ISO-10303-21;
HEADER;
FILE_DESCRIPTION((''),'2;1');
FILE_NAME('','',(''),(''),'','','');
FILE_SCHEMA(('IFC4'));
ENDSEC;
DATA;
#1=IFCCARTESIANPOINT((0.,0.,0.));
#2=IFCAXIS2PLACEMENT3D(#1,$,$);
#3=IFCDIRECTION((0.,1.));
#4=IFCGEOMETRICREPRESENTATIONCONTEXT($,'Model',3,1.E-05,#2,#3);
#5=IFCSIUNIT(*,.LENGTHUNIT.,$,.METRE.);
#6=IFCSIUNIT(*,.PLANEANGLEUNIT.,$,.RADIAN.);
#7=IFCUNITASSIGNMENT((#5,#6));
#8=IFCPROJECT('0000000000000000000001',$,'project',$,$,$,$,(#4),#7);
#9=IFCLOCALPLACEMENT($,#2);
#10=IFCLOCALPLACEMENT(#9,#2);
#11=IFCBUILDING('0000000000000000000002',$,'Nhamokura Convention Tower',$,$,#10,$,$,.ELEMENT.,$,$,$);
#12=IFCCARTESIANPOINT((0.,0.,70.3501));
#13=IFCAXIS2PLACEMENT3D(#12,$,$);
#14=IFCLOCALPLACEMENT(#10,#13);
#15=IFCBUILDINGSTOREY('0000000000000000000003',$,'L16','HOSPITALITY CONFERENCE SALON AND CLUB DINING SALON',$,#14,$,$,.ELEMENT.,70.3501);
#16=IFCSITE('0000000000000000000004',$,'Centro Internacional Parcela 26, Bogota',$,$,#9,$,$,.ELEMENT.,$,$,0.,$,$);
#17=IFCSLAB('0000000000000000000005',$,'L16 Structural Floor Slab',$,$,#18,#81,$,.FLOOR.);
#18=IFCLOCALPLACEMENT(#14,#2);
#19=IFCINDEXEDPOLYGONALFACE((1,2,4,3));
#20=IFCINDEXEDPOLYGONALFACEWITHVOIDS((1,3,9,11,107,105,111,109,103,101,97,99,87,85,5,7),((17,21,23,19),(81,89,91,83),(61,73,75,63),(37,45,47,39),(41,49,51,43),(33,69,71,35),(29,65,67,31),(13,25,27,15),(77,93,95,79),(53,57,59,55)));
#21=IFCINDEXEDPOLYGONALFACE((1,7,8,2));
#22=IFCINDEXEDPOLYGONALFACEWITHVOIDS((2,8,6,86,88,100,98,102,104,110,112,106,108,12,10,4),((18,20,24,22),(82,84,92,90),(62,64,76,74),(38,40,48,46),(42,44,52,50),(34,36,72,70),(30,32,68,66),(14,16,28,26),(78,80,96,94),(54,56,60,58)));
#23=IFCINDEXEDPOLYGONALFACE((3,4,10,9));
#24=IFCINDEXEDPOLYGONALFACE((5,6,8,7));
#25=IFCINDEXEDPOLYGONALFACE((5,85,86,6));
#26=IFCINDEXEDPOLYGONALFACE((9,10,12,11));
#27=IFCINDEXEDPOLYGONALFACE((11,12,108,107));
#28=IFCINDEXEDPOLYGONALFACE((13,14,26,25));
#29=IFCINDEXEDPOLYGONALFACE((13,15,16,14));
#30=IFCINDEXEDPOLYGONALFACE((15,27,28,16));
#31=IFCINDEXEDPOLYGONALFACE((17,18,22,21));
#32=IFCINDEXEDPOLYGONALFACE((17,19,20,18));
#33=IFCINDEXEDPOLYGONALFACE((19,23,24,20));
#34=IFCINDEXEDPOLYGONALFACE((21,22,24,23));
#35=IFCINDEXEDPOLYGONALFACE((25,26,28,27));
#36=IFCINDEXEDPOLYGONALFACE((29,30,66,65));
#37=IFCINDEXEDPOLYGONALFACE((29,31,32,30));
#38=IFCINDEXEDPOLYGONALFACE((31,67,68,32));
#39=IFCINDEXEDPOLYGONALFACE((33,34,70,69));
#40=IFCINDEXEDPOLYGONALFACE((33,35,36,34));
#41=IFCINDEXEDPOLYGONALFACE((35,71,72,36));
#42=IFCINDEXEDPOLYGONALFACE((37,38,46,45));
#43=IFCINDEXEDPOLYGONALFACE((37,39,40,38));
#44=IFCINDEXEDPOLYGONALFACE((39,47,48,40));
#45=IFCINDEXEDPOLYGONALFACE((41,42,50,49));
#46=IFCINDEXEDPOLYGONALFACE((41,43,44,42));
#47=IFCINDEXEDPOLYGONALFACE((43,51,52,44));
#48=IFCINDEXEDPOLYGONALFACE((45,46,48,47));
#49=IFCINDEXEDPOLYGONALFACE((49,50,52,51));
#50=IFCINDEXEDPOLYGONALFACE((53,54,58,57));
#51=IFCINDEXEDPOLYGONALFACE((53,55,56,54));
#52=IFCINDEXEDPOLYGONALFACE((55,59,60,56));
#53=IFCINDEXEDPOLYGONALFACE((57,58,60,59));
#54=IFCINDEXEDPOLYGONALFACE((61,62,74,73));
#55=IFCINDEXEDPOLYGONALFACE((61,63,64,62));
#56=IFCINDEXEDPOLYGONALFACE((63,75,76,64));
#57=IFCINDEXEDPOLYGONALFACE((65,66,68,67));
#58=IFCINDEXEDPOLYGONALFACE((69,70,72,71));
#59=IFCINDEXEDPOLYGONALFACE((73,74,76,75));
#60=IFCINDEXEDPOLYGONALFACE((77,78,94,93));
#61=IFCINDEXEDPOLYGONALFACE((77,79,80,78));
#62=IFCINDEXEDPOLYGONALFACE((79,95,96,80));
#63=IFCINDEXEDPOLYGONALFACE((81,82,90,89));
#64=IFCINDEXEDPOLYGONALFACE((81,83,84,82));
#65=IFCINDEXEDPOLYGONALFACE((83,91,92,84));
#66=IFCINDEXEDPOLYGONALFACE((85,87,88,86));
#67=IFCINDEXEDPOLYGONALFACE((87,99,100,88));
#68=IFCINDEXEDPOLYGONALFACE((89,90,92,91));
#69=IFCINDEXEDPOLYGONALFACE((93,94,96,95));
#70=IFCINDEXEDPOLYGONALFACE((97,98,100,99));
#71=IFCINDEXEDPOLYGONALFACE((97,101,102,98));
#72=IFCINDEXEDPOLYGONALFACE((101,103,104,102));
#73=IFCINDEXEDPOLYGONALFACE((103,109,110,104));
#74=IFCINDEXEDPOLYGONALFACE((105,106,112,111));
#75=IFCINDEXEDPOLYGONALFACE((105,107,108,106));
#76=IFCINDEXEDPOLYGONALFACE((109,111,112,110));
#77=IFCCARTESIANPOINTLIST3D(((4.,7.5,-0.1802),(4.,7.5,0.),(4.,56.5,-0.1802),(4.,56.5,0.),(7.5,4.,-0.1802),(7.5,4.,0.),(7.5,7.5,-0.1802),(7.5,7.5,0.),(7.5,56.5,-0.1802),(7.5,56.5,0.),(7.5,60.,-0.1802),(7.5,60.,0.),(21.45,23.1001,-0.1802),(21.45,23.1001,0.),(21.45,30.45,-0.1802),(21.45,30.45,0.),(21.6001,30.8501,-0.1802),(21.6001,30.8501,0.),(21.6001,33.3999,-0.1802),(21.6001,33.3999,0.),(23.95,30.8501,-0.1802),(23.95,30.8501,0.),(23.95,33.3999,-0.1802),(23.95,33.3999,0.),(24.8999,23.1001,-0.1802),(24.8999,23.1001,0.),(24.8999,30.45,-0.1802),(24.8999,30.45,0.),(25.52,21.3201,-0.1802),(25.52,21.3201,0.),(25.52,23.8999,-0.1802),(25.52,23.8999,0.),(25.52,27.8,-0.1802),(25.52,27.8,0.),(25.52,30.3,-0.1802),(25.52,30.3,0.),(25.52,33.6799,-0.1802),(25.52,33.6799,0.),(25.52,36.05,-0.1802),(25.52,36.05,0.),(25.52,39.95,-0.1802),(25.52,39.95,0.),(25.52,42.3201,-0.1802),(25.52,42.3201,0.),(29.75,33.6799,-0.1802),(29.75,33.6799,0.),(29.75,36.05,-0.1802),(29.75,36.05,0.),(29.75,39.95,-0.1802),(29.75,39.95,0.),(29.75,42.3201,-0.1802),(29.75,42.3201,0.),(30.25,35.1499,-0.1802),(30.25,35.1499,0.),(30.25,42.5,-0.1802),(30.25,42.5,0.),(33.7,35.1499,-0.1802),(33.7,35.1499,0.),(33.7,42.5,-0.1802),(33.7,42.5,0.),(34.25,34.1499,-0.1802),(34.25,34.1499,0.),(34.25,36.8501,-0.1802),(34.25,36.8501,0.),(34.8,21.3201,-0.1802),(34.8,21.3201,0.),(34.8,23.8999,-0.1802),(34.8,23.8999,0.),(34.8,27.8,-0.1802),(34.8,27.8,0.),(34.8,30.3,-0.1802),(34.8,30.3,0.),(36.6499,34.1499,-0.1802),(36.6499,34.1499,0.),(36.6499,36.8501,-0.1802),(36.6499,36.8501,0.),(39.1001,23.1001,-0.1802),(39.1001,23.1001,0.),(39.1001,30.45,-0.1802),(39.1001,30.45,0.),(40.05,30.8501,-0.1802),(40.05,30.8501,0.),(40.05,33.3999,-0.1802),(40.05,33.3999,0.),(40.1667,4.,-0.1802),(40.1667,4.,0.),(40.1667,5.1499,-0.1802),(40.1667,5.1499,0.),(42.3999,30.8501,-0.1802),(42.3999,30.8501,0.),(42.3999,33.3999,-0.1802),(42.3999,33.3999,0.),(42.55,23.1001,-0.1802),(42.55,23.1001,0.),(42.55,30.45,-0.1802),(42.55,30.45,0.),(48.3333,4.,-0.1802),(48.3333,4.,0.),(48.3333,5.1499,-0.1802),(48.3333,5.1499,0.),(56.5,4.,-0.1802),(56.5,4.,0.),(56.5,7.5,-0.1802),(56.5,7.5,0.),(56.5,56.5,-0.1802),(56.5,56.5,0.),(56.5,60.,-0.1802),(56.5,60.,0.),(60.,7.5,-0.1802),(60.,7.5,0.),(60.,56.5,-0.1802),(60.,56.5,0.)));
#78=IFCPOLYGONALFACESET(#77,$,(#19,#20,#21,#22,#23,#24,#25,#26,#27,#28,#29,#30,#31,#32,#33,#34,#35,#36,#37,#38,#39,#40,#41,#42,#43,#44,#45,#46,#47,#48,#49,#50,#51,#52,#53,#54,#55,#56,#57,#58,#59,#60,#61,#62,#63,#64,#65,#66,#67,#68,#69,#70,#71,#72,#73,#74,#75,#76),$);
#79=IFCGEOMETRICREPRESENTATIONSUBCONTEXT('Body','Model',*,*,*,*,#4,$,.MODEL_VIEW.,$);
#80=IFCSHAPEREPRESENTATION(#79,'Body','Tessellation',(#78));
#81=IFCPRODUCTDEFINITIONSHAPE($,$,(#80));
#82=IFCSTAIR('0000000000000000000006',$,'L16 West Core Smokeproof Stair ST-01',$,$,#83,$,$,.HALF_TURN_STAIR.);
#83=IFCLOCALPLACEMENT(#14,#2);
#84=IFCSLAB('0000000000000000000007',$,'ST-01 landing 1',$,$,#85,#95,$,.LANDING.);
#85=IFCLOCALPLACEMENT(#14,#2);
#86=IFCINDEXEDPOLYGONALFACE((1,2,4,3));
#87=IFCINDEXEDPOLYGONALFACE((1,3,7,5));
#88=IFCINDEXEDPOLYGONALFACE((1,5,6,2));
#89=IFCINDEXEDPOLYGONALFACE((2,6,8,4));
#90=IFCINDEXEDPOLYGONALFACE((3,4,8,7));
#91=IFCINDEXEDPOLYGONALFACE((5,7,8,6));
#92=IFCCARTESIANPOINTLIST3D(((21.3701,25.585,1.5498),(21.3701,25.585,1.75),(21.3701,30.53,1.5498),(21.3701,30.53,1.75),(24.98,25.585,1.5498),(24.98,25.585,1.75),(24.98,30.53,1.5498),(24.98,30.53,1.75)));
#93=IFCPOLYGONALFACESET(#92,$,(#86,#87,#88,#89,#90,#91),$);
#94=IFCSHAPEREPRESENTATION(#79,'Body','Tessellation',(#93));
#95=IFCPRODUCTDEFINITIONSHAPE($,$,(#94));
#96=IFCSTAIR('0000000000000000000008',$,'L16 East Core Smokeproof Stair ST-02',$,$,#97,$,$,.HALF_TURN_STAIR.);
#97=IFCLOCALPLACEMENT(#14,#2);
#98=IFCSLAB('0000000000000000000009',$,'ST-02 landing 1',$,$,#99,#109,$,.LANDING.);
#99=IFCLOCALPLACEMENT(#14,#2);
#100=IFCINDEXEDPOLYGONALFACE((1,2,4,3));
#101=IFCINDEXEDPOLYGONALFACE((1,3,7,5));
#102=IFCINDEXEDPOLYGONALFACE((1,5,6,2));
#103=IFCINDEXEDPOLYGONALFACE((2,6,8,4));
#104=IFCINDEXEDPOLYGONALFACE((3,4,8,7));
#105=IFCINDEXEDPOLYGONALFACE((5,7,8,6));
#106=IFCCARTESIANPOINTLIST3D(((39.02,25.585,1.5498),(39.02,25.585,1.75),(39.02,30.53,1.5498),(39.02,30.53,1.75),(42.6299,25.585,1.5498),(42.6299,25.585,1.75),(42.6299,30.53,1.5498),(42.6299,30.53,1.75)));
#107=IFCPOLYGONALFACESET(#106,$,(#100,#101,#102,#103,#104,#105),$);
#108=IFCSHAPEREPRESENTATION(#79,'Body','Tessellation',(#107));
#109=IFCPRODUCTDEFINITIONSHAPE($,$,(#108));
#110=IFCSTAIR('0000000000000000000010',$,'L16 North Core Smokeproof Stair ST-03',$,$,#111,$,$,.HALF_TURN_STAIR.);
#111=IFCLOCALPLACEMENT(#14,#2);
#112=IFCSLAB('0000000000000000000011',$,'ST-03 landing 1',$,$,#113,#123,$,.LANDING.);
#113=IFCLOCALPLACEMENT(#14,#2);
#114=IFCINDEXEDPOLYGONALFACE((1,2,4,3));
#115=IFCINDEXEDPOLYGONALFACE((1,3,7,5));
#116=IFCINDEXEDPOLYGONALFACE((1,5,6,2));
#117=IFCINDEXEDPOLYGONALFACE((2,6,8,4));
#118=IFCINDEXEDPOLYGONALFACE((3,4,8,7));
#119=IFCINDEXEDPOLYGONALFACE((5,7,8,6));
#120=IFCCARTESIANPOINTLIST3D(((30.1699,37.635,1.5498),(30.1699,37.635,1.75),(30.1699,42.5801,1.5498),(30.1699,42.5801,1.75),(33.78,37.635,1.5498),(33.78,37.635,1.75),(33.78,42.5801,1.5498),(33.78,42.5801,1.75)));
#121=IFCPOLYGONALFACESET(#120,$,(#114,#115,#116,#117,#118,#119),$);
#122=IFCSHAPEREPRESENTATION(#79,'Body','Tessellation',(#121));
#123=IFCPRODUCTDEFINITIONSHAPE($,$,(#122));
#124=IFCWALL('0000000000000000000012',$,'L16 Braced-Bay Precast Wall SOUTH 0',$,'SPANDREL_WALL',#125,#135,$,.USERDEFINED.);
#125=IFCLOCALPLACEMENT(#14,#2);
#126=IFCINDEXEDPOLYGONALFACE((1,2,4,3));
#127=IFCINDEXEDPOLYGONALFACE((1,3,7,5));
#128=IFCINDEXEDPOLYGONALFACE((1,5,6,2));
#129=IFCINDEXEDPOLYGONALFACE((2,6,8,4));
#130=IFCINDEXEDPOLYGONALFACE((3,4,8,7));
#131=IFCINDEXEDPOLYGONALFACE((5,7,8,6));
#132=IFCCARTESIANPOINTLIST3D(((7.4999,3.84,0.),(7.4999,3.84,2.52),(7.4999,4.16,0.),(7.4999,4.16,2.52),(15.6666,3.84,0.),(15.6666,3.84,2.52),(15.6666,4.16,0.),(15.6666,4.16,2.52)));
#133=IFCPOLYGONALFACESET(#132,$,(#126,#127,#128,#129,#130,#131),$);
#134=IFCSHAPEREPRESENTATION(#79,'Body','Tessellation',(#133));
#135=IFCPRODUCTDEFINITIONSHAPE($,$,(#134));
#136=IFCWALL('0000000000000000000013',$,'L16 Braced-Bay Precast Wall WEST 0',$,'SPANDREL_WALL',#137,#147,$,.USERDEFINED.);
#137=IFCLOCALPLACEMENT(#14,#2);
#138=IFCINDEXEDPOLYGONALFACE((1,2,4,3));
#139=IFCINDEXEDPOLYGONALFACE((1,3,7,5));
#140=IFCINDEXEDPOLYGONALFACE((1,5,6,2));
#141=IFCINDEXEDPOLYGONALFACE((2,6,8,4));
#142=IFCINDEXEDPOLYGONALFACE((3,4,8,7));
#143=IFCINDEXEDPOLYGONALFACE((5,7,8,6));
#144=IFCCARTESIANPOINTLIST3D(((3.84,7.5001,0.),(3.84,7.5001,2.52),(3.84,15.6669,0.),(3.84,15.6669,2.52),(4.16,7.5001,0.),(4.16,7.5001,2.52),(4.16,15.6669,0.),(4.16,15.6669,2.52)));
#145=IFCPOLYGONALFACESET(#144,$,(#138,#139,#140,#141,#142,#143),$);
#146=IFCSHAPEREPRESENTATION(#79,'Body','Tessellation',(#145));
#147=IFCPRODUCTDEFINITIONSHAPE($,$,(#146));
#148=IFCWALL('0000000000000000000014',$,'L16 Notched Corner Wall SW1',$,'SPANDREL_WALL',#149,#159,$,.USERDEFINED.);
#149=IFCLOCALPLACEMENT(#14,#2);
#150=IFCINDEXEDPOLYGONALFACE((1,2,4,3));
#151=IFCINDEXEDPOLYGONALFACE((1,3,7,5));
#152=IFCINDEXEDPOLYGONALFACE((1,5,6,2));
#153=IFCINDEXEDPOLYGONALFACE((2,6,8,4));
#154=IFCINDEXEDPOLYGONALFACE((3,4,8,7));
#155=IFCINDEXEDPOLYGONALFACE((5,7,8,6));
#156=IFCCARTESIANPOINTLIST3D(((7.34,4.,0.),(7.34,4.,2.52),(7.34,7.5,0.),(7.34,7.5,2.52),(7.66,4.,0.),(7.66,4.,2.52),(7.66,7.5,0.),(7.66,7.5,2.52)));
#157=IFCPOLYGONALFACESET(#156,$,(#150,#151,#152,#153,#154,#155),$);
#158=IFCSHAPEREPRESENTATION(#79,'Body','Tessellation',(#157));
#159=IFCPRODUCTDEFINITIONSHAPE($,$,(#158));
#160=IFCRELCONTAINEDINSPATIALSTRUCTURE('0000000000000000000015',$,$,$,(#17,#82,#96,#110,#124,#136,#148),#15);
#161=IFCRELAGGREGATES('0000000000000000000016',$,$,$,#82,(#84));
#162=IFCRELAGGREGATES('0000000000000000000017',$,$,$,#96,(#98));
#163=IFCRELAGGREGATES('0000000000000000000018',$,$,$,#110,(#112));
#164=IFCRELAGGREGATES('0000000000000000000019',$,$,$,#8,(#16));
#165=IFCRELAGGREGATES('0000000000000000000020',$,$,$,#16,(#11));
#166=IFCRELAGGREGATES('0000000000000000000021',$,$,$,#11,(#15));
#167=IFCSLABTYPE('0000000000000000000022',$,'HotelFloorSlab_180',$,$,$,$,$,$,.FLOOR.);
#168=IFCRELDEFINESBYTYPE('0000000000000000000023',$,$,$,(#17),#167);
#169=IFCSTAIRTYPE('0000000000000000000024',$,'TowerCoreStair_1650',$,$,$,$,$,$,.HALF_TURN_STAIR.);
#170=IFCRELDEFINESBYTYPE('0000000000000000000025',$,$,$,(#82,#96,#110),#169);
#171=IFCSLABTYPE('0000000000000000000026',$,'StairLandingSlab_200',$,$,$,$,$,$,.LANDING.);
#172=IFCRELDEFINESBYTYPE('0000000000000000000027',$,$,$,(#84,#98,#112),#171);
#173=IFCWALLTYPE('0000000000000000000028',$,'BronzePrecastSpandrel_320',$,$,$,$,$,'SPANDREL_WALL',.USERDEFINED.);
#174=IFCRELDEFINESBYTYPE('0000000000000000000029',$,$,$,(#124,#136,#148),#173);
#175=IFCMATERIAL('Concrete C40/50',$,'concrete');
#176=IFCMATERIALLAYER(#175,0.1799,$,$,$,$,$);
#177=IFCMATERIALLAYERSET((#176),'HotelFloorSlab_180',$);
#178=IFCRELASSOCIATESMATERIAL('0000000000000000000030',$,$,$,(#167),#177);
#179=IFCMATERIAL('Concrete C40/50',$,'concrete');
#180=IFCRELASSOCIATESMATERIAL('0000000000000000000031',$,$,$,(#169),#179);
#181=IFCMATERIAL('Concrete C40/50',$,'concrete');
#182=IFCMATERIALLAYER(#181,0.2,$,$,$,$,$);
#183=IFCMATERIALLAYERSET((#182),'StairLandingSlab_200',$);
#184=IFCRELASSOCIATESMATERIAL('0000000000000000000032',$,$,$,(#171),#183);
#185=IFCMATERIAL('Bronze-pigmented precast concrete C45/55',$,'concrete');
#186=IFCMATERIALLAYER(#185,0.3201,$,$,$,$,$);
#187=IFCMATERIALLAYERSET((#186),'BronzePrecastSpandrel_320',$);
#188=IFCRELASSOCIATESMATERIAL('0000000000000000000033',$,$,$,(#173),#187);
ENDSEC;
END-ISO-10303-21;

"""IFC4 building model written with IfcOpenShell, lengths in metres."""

from ifc_helpers import new_model, si_unit, direction, frame, frame_2d, origin, place, context, subcontext, project, spatial, polyline, rectangle, outline, extrude, material, layer, layer_set, type_object, element, aggregate, save


model = new_model("IFC4")

# Units and contexts
model_context = context("Model", 3, precision=1e-05, world=origin(), true_north=direction((0.0, 1.0)))
body_context = subcontext(model_context, "Body", "Model", "MODEL_VIEW")
ifc_project = project(units=[si_unit("LENGTHUNIT", "METRE"), si_unit("PLANEANGLEUNIT", "RADIAN")], contexts=[model_context])

# Site, building, storey
site_placement = place(None, origin())
site = spatial("IfcSite", under=ifc_project, at=site_placement, Name="Centro Internacional Parcela 26, Bogota", CompositionType="ELEMENT", RefElevation=0.0)
building_placement = place(site_placement, origin())
building = spatial("IfcBuilding", under=site, at=building_placement, Name="Nhamokura Convention Tower", CompositionType="ELEMENT")
storey_placement = place(building_placement, frame((0.0, 0.0, 70.3501)))
storey = spatial("IfcBuildingStorey", under=building, at=storey_placement, Name="L16", Description="HOSPITALITY CONFERENCE SALON AND CLUB DINING SALON", CompositionType="ELEMENT", Elevation=70.3501)

# Slab
ifc_material_1 = material(Name="Concrete C40/50", Category="concrete")
ifc_layer_1 = layer(ifc_material_1, 0.1799)
ifc_layer_set_1 = layer_set([ifc_layer_1], Name="HotelFloorSlab_180")
slab_type_1 = type_object("IfcSlabType", Name="HotelFloorSlab_180", PredefinedType="FLOOR", material=ifc_layer_set_1)
slab_1_placement = place(storey_placement, frame((0.0, 0.0, -0.1802)))
element("IfcSlab", 1, at=slab_1_placement, inside=storey, type_object=slab_type_1, Name="L16 Structural Floor Slab", PredefinedType="FLOOR", context=body_context, shape_type="SweptSolid", body=[
    extrude(outline(polyline([(7.5, 4.0), (40.1667, 4.0), (40.1667, 5.1499), (48.3333, 5.1499), (48.3333, 4.0), (56.5, 4.0), (56.5, 7.5), (60.0, 7.5), (60.0, 56.5), (56.5, 56.5), (56.5, 60.0), (7.5, 60.0), (7.5, 56.5), (4.0, 56.5), (4.0, 7.5), (7.5, 7.5), (7.5, 4.0)]), holes=[polyline([(24.8999, 23.1001), (24.8999, 30.45), (21.45, 30.45), (21.45, 23.1001), (24.8999, 23.1001)]), polyline([(42.55, 23.1001), (42.55, 30.45), (39.1001, 30.45), (39.1001, 23.1001), (42.55, 23.1001)]), polyline([(33.7, 35.1499), (33.7, 42.5), (30.25, 42.5), (30.25, 35.1499), (33.7, 35.1499)]), polyline([(21.6001, 30.8501), (23.95, 30.8501), (23.95, 33.3999), (21.6001, 33.3999), (21.6001, 30.8501)]), polyline([(40.05, 30.8501), (42.3999, 30.8501), (42.3999, 33.3999), (40.05, 33.3999), (40.05, 30.8501)]), polyline([(34.25, 34.1499), (36.6499, 34.1499), (36.6499, 36.8501), (34.25, 36.8501), (34.25, 34.1499)]), polyline([(25.52, 21.3201), (34.8, 21.3201), (34.8, 23.8999), (25.52, 23.8999), (25.52, 21.3201)]), polyline([(25.52, 27.8), (34.8, 27.8), (34.8, 30.3), (25.52, 30.3), (25.52, 27.8)]), polyline([(25.52, 33.6799), (29.75, 33.6799), (29.75, 36.05), (25.52, 36.05), (25.52, 33.6799)]), polyline([(25.52, 39.95), (29.75, 39.95), (29.75, 42.3201), (25.52, 42.3201), (25.52, 39.95)])]), origin(), (0.0, 0.0, 1.0), 0.1802),
])

# Stairs, slabs
ifc_material_2 = material(Name="Concrete C40/50", Category="concrete")
stair_type = type_object("IfcStairType", Name="TowerCoreStair_1650", PredefinedType="HALF_TURN_STAIR", material=ifc_material_2)
stair_1_placement = place(storey_placement, origin())
stair_1 = element("IfcStair", 2, at=stair_1_placement, inside=storey, type_object=stair_type, Name="L16 West Core Smokeproof Stair ST-01", PredefinedType="HALF_TURN_STAIR")
ifc_material_3 = material(Name="Concrete C40/50", Category="concrete")
ifc_layer_2 = layer(ifc_material_3, 0.2)
ifc_layer_set_2 = layer_set([ifc_layer_2], Name="StairLandingSlab_200")
slab_type_2 = type_object("IfcSlabType", Name="StairLandingSlab_200", PredefinedType="LANDING", material=ifc_layer_set_2)
slab_2_placement = place(storey_placement, frame((0.0, 0.0, 1.5498)))
slab_2 = element("IfcSlab", 3, at=slab_2_placement, type_object=slab_type_2, Name="ST-01 landing 1", PredefinedType="LANDING", context=body_context, shape_type="SweptSolid", body=[
    extrude(outline(polyline([(24.98, 25.585), (24.98, 30.53), (21.3701, 30.53), (21.3701, 25.585), (24.98, 25.585)])), origin(), (0.0, 0.0, 1.0), 0.2002),
])
aggregate(stair_1, [slab_2])
stair_2_placement = place(storey_placement, origin())
stair_2 = element("IfcStair", 4, at=stair_2_placement, inside=storey, type_object=stair_type, Name="L16 East Core Smokeproof Stair ST-02", PredefinedType="HALF_TURN_STAIR")
slab_3_placement = place(storey_placement, frame((0.0, 0.0, 1.5498)))
slab_3 = element("IfcSlab", 5, at=slab_3_placement, type_object=slab_type_2, Name="ST-02 landing 1", PredefinedType="LANDING", context=body_context, shape_type="SweptSolid", body=[
    extrude(outline(polyline([(42.6299, 25.585), (42.6299, 30.53), (39.02, 30.53), (39.02, 25.585), (42.6299, 25.585)])), origin(), (0.0, 0.0, 1.0), 0.2002),
])
aggregate(stair_2, [slab_3])
stair_3_placement = place(storey_placement, origin())
stair_3 = element("IfcStair", 6, at=stair_3_placement, inside=storey, type_object=stair_type, Name="L16 North Core Smokeproof Stair ST-03", PredefinedType="HALF_TURN_STAIR")
slab_4_placement = place(storey_placement, frame((0.0, 0.0, 1.5498)))
slab_4 = element("IfcSlab", 7, at=slab_4_placement, type_object=slab_type_2, Name="ST-03 landing 1", PredefinedType="LANDING", context=body_context, shape_type="SweptSolid", body=[
    extrude(outline(polyline([(33.78, 37.635), (33.78, 42.5801), (30.1699, 42.5801), (30.1699, 37.635), (33.78, 37.635)])), origin(), (0.0, 0.0, 1.0), 0.2002),
])
aggregate(stair_3, [slab_4])

# Walls
ifc_material_4 = material(Name="Bronze-pigmented precast concrete C45/55", Category="concrete")
ifc_layer_3 = layer(ifc_material_4, 0.3201)
ifc_layer_set_3 = layer_set([ifc_layer_3], Name="BronzePrecastSpandrel_320")
wall_type = type_object("IfcWallType", Name="BronzePrecastSpandrel_320", ElementType="SPANDREL_WALL", PredefinedType="USERDEFINED", material=ifc_layer_set_3)
for number, where, z_axis, x_axis, name in (
    (8, (15.6667, 4.0, 0.0), (0.0, 0.0, 1.0), (-1.0, 0.0, 0.0), "L16 Braced-Bay Precast Wall SOUTH 0"),
    (9, (4.0, 7.5, 0.0), (0.0, 0.0, 1.0), (0.0, 1.0, 0.0), "L16 Braced-Bay Precast Wall WEST 0"),
):
    element("IfcWall", number, at=place(storey_placement, frame(where, z_axis=z_axis, x_axis=x_axis)), inside=storey, type_object=wall_type, Name=name, ObjectType="SPANDREL_WALL", PredefinedType="USERDEFINED", context=body_context, shape_type="SweptSolid", body=[
        extrude(rectangle(XDim=8.1667, YDim=0.3201, at=frame_2d((4.0835, 0.0))), origin(), (0.0, 0.0, 1.0), 2.52),
    ])
wall_placement = place(storey_placement, frame((7.5, 4.0, 0.0), z_axis=(0.0, 0.0, 1.0), x_axis=(0.0, 1.0, 0.0)))
element("IfcWall", 10, at=wall_placement, inside=storey, type_object=wall_type, Name="L16 Notched Corner Wall SW1", ObjectType="SPANDREL_WALL", PredefinedType="USERDEFINED", context=body_context, shape_type="SweptSolid", body=[
    extrude(rectangle(XDim=3.5, YDim=0.3201, at=frame_2d((1.75, 0.0))), origin(), (0.0, 0.0, 1.0), 2.52),
])

save(model, "model.ifc")
